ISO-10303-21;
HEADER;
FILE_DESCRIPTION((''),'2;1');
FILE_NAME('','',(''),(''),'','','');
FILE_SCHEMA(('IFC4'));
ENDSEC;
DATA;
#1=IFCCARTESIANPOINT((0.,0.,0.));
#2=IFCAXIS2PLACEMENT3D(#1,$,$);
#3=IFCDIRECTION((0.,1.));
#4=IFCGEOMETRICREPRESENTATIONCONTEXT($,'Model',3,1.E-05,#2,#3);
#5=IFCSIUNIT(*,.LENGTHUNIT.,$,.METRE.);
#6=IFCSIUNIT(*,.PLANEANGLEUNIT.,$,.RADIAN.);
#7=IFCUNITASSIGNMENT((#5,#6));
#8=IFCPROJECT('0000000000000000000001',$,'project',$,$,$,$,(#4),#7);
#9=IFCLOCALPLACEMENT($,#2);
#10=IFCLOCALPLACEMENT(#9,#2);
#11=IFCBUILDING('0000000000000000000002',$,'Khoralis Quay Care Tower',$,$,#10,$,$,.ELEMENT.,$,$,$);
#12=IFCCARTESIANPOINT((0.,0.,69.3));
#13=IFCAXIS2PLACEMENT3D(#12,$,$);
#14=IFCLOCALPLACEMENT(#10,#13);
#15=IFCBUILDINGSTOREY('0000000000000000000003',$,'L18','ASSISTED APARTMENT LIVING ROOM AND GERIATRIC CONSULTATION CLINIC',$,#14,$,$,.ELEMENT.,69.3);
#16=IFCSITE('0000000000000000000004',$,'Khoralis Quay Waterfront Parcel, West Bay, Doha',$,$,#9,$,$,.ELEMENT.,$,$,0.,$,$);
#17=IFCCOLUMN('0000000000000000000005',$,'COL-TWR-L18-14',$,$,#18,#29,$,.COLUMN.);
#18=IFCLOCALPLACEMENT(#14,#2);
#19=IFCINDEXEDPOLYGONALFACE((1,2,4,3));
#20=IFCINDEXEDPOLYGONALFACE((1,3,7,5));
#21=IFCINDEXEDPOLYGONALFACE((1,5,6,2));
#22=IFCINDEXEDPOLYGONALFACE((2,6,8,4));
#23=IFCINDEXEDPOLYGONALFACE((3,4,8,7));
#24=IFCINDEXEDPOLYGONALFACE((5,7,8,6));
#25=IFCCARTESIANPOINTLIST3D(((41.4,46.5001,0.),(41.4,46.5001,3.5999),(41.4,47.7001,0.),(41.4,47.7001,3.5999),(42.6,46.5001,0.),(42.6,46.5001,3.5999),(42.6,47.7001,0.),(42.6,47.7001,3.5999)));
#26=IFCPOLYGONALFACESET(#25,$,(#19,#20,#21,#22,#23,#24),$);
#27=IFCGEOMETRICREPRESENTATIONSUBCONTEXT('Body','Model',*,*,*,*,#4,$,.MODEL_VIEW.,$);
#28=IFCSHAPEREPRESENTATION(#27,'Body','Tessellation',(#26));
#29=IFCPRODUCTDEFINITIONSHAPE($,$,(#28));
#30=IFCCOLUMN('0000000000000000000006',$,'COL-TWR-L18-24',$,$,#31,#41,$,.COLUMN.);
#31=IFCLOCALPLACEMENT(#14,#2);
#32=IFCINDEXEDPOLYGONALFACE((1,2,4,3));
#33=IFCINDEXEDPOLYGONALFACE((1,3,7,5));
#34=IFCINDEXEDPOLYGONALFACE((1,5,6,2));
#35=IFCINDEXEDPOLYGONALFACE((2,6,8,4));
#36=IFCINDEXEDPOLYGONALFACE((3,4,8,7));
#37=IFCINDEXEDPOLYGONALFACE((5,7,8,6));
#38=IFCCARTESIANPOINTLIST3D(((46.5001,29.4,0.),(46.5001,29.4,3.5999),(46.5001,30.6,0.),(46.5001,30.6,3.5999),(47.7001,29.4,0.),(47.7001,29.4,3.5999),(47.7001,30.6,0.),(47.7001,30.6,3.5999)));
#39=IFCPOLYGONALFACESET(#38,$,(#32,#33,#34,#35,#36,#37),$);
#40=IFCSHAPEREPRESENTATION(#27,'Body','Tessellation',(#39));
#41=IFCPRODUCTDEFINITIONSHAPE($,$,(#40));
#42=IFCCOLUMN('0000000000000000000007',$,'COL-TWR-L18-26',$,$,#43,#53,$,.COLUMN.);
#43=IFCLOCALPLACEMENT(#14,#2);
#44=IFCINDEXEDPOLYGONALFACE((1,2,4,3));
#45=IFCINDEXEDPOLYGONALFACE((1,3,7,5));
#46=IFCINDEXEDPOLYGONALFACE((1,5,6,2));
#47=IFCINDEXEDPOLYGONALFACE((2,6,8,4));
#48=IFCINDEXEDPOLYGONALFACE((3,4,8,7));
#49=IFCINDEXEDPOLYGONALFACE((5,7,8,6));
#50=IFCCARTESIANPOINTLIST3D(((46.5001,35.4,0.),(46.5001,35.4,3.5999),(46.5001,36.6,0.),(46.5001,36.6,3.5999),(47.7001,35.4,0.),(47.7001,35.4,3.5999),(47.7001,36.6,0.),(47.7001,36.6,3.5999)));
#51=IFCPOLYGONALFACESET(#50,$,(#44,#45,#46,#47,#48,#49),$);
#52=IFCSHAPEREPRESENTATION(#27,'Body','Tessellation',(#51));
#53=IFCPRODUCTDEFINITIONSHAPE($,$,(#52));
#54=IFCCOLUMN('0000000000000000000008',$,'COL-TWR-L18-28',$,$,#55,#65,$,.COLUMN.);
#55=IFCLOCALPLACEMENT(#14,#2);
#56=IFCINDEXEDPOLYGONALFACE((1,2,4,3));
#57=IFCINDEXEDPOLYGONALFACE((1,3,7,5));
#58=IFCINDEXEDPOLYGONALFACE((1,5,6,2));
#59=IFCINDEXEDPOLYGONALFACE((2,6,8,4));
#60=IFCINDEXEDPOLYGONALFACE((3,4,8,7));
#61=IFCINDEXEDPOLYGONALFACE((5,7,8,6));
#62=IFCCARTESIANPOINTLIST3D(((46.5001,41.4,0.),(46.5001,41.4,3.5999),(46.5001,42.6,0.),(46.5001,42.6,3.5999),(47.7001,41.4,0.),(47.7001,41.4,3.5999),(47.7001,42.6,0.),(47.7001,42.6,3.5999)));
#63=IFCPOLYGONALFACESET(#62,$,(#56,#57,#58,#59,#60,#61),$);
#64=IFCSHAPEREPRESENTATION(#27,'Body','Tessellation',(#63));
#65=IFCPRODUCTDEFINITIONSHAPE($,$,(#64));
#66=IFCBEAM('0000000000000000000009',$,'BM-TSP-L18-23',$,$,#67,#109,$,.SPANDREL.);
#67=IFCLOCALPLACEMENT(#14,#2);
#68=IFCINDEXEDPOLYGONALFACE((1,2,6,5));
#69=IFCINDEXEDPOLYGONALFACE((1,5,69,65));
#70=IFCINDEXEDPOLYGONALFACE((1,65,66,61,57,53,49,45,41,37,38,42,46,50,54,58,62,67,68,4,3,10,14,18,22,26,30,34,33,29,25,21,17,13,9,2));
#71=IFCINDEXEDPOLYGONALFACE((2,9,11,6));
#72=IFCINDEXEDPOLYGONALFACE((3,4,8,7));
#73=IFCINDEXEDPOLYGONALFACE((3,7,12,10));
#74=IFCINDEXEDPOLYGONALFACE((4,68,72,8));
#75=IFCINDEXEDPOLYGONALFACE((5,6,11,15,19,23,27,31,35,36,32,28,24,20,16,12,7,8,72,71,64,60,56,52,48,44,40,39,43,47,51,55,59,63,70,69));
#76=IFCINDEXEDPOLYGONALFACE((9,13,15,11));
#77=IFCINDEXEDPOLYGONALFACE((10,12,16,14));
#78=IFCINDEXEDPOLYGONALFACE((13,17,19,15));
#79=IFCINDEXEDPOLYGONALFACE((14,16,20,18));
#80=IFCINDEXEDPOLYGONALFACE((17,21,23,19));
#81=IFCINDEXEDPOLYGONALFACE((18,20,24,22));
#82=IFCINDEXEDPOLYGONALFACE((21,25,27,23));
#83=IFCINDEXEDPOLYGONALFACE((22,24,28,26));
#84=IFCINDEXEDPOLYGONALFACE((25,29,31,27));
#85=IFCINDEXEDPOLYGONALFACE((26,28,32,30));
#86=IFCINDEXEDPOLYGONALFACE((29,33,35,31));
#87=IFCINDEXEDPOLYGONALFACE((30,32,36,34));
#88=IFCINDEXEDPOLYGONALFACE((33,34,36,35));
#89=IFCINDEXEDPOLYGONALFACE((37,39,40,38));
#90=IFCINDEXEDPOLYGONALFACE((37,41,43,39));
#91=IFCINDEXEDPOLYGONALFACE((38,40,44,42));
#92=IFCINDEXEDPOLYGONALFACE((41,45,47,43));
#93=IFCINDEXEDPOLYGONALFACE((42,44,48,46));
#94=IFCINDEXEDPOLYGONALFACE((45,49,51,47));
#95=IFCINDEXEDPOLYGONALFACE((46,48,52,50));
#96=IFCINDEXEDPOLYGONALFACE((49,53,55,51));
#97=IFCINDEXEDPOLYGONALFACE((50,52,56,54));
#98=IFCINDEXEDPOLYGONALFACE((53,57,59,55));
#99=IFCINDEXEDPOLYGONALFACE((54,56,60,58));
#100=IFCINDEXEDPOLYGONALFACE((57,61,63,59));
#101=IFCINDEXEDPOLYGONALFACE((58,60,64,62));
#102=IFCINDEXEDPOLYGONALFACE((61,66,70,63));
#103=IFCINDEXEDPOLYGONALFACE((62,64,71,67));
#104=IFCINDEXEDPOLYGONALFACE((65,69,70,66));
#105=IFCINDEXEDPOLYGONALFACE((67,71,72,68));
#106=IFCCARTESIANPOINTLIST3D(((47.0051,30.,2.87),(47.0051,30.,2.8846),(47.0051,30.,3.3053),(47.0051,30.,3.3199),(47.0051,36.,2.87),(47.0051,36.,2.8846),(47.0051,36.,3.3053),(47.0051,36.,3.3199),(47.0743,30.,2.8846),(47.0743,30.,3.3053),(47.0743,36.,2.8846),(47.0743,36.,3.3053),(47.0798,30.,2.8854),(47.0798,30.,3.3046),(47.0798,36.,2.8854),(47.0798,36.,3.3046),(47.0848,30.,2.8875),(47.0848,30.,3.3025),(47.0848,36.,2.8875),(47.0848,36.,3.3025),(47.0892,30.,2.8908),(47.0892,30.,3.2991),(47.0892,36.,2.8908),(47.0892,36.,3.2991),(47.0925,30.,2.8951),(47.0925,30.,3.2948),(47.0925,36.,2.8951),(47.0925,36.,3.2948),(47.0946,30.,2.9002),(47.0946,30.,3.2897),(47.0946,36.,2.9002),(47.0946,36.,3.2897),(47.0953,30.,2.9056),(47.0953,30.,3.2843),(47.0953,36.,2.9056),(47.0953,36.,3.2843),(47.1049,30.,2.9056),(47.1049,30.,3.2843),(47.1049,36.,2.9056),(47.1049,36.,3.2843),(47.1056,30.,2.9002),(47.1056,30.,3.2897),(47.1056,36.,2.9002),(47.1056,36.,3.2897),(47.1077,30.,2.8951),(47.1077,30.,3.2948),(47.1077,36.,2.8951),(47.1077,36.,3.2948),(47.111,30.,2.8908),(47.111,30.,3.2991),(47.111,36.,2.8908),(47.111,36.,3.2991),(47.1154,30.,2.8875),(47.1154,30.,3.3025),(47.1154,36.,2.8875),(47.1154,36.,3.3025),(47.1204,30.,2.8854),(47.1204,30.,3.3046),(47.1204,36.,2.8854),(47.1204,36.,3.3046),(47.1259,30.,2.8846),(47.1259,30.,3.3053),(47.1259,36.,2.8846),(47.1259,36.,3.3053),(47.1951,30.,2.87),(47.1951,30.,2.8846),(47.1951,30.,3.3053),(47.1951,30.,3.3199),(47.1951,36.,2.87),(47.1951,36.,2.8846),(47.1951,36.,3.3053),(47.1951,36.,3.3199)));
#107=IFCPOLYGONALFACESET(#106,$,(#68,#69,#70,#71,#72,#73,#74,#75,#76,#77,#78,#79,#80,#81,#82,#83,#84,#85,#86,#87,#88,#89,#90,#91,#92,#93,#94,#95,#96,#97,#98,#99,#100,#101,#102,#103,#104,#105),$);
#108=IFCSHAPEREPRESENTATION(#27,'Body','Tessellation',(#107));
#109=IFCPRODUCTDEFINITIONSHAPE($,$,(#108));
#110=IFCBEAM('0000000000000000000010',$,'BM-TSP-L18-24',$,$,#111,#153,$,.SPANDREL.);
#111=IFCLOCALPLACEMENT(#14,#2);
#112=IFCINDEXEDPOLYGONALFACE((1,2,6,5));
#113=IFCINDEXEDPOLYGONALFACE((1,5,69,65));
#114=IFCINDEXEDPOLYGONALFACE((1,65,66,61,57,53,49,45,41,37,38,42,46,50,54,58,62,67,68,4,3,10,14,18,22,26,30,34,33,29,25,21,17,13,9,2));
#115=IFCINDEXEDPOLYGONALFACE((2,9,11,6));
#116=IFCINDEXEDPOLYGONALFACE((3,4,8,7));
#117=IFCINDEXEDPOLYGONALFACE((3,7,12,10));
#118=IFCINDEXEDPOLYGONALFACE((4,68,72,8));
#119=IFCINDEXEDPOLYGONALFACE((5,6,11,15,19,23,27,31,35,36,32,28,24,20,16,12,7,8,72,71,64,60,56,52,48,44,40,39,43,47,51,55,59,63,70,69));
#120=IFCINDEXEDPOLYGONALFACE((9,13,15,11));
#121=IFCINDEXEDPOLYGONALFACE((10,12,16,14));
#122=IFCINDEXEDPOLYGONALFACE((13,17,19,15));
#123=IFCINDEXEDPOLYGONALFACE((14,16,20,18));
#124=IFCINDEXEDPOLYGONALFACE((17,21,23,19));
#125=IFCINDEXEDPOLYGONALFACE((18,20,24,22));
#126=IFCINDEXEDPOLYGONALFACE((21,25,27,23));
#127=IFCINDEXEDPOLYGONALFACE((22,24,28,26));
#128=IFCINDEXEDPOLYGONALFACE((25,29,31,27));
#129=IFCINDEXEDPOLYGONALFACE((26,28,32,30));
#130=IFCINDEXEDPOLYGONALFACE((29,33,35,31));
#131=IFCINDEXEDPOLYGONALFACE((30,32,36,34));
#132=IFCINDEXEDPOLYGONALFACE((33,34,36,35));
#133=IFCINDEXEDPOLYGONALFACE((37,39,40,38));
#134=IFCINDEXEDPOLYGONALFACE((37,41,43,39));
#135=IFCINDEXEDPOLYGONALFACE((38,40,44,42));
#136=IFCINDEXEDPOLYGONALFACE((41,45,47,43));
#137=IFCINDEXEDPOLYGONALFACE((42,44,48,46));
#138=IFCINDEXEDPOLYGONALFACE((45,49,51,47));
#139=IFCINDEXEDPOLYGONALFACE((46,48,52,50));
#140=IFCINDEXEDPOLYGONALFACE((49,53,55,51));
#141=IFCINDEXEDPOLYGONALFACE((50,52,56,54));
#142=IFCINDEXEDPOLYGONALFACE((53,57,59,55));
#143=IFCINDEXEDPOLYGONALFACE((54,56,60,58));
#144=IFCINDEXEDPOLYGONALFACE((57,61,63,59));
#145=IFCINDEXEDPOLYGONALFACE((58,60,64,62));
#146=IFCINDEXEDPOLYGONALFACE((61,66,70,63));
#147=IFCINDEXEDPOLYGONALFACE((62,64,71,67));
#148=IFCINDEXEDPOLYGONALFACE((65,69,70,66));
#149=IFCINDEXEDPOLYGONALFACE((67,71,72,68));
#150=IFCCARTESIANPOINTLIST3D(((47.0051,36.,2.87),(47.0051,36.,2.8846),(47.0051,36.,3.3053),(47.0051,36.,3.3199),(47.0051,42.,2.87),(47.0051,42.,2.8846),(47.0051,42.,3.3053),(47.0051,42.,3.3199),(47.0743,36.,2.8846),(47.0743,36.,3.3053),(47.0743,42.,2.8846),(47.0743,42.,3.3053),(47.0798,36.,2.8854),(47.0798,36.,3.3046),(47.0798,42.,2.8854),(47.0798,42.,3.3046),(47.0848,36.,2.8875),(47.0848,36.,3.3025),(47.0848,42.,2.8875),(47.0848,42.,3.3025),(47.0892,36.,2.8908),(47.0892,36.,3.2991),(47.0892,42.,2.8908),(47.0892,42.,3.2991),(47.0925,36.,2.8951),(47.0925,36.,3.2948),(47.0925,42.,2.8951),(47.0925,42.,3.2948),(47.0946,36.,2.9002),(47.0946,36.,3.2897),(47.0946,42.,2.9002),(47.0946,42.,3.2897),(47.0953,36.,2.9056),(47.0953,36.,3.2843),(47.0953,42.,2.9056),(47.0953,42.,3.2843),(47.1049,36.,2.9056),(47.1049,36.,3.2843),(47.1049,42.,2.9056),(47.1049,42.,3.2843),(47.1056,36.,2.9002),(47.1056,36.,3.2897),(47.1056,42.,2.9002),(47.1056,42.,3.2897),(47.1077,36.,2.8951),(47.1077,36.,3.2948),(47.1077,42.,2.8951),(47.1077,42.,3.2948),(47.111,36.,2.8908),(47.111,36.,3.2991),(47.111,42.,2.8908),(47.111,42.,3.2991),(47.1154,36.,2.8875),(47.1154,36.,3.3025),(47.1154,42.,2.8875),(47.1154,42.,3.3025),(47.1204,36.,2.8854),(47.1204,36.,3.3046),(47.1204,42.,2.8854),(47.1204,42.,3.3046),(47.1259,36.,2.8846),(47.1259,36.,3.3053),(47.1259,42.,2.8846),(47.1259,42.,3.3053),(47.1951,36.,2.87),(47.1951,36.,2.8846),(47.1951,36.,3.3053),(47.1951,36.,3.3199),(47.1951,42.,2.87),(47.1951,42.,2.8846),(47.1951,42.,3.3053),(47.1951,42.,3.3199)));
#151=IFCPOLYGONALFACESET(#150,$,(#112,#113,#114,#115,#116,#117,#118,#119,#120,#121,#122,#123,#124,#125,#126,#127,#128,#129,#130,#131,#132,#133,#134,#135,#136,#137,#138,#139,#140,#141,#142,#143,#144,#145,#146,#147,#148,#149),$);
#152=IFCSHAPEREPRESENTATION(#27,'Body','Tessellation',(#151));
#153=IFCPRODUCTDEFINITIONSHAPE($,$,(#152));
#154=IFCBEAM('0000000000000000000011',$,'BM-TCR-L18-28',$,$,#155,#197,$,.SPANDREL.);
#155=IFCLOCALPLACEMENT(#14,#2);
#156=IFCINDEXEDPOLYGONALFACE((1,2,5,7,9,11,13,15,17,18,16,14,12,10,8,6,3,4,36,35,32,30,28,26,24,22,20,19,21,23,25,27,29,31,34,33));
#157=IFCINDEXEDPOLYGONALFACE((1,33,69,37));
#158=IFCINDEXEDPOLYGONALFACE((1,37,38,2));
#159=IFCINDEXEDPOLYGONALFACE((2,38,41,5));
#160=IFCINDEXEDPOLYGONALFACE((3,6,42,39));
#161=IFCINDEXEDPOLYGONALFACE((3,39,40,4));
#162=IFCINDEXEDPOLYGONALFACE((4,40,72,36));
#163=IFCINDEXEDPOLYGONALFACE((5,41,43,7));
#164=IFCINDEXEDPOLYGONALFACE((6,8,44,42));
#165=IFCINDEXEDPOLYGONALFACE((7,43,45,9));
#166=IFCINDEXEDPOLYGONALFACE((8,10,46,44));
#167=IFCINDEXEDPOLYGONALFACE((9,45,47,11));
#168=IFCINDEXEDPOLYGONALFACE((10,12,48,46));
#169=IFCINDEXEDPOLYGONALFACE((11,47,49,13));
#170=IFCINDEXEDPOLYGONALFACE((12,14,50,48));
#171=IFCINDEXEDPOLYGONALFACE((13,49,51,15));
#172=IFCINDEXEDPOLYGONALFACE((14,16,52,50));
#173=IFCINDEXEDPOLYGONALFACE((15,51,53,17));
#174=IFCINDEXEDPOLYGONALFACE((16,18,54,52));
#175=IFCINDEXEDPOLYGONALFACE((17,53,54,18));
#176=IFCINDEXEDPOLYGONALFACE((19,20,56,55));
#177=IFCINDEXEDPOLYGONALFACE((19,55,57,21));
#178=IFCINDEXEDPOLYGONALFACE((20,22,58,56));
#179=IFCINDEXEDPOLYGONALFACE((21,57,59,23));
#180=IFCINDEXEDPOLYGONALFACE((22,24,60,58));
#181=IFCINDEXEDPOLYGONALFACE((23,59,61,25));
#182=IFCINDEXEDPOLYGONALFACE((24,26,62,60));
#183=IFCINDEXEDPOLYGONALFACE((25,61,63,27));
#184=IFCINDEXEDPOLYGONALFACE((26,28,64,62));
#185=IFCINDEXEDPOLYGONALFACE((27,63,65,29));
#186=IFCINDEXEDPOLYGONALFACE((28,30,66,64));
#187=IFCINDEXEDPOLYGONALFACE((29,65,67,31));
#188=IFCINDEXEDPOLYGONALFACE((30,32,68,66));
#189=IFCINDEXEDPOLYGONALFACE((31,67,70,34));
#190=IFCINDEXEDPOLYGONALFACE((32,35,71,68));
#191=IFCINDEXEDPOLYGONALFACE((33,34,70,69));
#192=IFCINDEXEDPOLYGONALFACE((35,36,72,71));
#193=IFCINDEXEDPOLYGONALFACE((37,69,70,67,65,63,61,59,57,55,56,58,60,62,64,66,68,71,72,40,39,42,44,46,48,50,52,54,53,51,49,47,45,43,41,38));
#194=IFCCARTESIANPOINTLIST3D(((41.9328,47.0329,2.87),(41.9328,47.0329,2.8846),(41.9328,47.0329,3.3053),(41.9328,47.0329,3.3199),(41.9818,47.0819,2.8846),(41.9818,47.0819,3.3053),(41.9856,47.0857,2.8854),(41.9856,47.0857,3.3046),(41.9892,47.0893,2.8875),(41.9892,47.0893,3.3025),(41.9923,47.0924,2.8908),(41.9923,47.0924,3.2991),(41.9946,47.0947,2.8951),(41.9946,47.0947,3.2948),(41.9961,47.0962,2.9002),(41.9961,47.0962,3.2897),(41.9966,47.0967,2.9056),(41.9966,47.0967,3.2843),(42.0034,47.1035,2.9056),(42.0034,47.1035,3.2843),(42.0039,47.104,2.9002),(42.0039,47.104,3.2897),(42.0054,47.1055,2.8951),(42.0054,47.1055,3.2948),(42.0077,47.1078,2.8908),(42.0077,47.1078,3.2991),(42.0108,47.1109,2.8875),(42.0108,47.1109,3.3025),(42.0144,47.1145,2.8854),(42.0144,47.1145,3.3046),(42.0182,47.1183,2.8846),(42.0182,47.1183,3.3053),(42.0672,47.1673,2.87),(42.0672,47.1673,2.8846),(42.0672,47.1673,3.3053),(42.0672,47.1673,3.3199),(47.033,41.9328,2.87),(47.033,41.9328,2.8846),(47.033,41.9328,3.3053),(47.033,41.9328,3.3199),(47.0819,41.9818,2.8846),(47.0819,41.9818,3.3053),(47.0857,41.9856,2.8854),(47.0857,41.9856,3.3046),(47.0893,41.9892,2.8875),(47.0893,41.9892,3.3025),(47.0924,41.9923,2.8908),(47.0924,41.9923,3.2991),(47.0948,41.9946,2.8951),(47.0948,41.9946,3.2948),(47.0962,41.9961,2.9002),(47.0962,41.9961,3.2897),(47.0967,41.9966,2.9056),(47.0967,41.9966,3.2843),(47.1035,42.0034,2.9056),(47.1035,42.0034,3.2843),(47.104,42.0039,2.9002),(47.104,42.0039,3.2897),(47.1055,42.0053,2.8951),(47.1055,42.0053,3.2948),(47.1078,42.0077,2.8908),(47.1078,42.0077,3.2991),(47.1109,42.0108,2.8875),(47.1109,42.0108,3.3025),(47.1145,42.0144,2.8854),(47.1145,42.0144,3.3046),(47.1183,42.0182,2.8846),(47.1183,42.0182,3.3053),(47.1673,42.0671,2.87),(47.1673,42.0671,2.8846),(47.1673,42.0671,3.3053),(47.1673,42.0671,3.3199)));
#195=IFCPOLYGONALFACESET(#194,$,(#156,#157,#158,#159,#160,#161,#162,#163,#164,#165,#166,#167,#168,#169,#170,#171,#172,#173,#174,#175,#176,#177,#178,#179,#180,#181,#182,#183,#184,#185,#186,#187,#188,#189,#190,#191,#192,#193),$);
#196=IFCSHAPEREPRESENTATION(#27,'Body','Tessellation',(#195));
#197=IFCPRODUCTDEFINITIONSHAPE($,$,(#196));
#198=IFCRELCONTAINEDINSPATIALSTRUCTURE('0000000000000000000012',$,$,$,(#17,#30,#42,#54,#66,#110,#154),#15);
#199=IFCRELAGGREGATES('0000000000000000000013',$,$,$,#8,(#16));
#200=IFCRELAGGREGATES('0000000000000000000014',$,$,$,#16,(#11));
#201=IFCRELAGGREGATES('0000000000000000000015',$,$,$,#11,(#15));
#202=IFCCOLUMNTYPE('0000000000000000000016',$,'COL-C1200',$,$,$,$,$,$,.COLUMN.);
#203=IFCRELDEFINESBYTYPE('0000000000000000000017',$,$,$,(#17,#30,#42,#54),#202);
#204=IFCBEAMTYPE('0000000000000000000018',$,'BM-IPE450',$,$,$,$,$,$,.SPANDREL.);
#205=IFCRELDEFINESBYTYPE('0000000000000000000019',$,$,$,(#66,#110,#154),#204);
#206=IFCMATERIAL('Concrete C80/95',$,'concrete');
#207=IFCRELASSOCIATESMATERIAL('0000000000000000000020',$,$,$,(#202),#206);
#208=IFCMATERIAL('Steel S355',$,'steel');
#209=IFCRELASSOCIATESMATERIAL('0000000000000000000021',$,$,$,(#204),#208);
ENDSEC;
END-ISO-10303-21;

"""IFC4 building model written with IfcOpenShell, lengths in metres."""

from ifc_helpers import new_model, si_unit, direction, frame, origin, origin_2d, place, context, subcontext, project, spatial, rectangle, i_section, extrude, source, transform, mapped, material, material_profile, profile_set, type_object, element, save


model = new_model("IFC4")

# Units and contexts
model_context = context("Model", 3, precision=1e-05, world=origin(), true_north=direction((0.0, 1.0)))
body_context = subcontext(model_context, "Body", "Model", "MODEL_VIEW")
ifc_project = project(units=[si_unit("LENGTHUNIT", "METRE"), si_unit("PLANEANGLEUNIT", "RADIAN")], contexts=[model_context])

# Site, building, storey
site_placement = place(None, origin())
site = spatial("IfcSite", under=ifc_project, at=site_placement, Name="Khoralis Quay Waterfront Parcel, West Bay, Doha", CompositionType="ELEMENT", RefElevation=0.0)
building_placement = place(site_placement, origin())
building = spatial("IfcBuilding", under=site, at=building_placement, Name="Khoralis Quay Care Tower", CompositionType="ELEMENT")
storey_placement = place(building_placement, frame((0.0, 0.0, 69.3)))
storey = spatial("IfcBuildingStorey", under=building, at=storey_placement, Name="L18", Description="ASSISTED APARTMENT LIVING ROOM AND GERIATRIC CONSULTATION CLINIC", CompositionType="ELEMENT", Elevation=69.3)

# Columns
ifc_material_1 = material(Name="Concrete C80/95", Category="concrete")
ifc_material_profile_1 = material_profile(ifc_material_1, rectangle(XDim=1.2, YDim=1.2, at=origin_2d()), Name="Concrete C80/95")
ifc_profile_set_1 = profile_set([ifc_material_profile_1], Name="Concrete C80/95")
column_type = type_object("IfcColumnType", Name="COL-C1200", PredefinedType="COLUMN", material=ifc_profile_set_1)
shared_shape_1 = source(origin(), body_context, "Body", "SweptSolid", [
    extrude(rectangle(XDim=1.2, YDim=1.2, at=origin_2d()), origin(), (0.0, 0.0, 1.0), 3.5999),
])
for number, where, z_axis, x_axis, name in (
    (1, (42.0, 47.1001, 0.0), (0.0, 0.0, 1.0), (1.0, 0.0, 0.0), "COL-TWR-L18-14"),
    (2, (47.1001, 30.0, 0.0), (0.0, 0.0, 1.0), (1.0, 0.0, 0.0), "COL-TWR-L18-24"),
    (3, (47.1001, 36.0, 0.0), (0.0, 0.0, 1.0), (1.0, 0.0, 0.0), "COL-TWR-L18-26"),
    (4, (47.1001, 42.0, 0.0), (0.0, 0.0, 1.0), (1.0, 0.0, 0.0), "COL-TWR-L18-28"),
):
    element("IfcColumn", number, at=place(storey_placement, frame(where, z_axis=z_axis, x_axis=x_axis)), inside=storey, type_object=column_type, Name=name, PredefinedType="COLUMN", context=body_context, shape_type="MappedRepresentation", body=[
        mapped(shared_shape_1, transform((0.0, 0.0, 0.0), scale=1.0)),
    ])

# Beams
ifc_material_2 = material(Name="Steel S355", Category="steel")
ifc_material_profile_2 = material_profile(ifc_material_2, i_section(OverallWidth=0.1899, OverallDepth=0.45, WebThickness=0.0095, FlangeThickness=0.0146, FilletRadius=0.021, at=origin_2d()), Name="Steel S355")
ifc_profile_set_2 = profile_set([ifc_material_profile_2], Name="Steel S355")
beam_type = type_object("IfcBeamType", Name="BM-IPE450", PredefinedType="SPANDREL", material=ifc_profile_set_2)
shared_shape_2 = source(origin(), body_context, "Body", "SweptSolid", [
    extrude(i_section(OverallWidth=0.1899, OverallDepth=0.45, WebThickness=0.0095, FlangeThickness=0.0146, FilletRadius=0.021, at=origin_2d()), origin(), (0.0, 0.0, 1.0), 6.0),
])
for number, where, z_axis, x_axis, name in (
    (5, (47.1001, 30.0, 3.095), (0.0, 1.0, 0.0), (-1.0, 0.0, 0.0), "BM-TSP-L18-23"),
    (6, (47.1001, 36.0, 3.095), (0.0, 1.0, 0.0), (-1.0, 0.0, 0.0), "BM-TSP-L18-24"),
):
    element("IfcBeam", number, at=place(storey_placement, frame(where, z_axis=z_axis, x_axis=x_axis)), inside=storey, type_object=beam_type, Name=name, PredefinedType="SPANDREL", context=body_context, shape_type="MappedRepresentation", body=[
        mapped(shared_shape_2, transform((0.0, 0.0, 0.0), scale=1.0)),
    ])
shared_shape_3 = source(origin(), body_context, "Body", "SweptSolid", [
    extrude(i_section(OverallWidth=0.1899, OverallDepth=0.45, WebThickness=0.0095, FlangeThickness=0.0146, FilletRadius=0.021, at=origin_2d()), origin(), (0.0, 0.0, 1.0), 7.2126),
])
beam_placement = place(storey_placement, frame((42.0, 47.1001, 3.095), z_axis=(0.707107, -0.707107, 0.0), x_axis=(0.707107, 0.707107, 0.0)))
element("IfcBeam", 7, at=beam_placement, inside=storey, type_object=beam_type, Name="BM-TCR-L18-28", PredefinedType="SPANDREL", context=body_context, shape_type="MappedRepresentation", body=[
    mapped(shared_shape_3, transform((0.0, 0.0, 0.0), scale=1.0)),
])

save(model, "model.ifc")
